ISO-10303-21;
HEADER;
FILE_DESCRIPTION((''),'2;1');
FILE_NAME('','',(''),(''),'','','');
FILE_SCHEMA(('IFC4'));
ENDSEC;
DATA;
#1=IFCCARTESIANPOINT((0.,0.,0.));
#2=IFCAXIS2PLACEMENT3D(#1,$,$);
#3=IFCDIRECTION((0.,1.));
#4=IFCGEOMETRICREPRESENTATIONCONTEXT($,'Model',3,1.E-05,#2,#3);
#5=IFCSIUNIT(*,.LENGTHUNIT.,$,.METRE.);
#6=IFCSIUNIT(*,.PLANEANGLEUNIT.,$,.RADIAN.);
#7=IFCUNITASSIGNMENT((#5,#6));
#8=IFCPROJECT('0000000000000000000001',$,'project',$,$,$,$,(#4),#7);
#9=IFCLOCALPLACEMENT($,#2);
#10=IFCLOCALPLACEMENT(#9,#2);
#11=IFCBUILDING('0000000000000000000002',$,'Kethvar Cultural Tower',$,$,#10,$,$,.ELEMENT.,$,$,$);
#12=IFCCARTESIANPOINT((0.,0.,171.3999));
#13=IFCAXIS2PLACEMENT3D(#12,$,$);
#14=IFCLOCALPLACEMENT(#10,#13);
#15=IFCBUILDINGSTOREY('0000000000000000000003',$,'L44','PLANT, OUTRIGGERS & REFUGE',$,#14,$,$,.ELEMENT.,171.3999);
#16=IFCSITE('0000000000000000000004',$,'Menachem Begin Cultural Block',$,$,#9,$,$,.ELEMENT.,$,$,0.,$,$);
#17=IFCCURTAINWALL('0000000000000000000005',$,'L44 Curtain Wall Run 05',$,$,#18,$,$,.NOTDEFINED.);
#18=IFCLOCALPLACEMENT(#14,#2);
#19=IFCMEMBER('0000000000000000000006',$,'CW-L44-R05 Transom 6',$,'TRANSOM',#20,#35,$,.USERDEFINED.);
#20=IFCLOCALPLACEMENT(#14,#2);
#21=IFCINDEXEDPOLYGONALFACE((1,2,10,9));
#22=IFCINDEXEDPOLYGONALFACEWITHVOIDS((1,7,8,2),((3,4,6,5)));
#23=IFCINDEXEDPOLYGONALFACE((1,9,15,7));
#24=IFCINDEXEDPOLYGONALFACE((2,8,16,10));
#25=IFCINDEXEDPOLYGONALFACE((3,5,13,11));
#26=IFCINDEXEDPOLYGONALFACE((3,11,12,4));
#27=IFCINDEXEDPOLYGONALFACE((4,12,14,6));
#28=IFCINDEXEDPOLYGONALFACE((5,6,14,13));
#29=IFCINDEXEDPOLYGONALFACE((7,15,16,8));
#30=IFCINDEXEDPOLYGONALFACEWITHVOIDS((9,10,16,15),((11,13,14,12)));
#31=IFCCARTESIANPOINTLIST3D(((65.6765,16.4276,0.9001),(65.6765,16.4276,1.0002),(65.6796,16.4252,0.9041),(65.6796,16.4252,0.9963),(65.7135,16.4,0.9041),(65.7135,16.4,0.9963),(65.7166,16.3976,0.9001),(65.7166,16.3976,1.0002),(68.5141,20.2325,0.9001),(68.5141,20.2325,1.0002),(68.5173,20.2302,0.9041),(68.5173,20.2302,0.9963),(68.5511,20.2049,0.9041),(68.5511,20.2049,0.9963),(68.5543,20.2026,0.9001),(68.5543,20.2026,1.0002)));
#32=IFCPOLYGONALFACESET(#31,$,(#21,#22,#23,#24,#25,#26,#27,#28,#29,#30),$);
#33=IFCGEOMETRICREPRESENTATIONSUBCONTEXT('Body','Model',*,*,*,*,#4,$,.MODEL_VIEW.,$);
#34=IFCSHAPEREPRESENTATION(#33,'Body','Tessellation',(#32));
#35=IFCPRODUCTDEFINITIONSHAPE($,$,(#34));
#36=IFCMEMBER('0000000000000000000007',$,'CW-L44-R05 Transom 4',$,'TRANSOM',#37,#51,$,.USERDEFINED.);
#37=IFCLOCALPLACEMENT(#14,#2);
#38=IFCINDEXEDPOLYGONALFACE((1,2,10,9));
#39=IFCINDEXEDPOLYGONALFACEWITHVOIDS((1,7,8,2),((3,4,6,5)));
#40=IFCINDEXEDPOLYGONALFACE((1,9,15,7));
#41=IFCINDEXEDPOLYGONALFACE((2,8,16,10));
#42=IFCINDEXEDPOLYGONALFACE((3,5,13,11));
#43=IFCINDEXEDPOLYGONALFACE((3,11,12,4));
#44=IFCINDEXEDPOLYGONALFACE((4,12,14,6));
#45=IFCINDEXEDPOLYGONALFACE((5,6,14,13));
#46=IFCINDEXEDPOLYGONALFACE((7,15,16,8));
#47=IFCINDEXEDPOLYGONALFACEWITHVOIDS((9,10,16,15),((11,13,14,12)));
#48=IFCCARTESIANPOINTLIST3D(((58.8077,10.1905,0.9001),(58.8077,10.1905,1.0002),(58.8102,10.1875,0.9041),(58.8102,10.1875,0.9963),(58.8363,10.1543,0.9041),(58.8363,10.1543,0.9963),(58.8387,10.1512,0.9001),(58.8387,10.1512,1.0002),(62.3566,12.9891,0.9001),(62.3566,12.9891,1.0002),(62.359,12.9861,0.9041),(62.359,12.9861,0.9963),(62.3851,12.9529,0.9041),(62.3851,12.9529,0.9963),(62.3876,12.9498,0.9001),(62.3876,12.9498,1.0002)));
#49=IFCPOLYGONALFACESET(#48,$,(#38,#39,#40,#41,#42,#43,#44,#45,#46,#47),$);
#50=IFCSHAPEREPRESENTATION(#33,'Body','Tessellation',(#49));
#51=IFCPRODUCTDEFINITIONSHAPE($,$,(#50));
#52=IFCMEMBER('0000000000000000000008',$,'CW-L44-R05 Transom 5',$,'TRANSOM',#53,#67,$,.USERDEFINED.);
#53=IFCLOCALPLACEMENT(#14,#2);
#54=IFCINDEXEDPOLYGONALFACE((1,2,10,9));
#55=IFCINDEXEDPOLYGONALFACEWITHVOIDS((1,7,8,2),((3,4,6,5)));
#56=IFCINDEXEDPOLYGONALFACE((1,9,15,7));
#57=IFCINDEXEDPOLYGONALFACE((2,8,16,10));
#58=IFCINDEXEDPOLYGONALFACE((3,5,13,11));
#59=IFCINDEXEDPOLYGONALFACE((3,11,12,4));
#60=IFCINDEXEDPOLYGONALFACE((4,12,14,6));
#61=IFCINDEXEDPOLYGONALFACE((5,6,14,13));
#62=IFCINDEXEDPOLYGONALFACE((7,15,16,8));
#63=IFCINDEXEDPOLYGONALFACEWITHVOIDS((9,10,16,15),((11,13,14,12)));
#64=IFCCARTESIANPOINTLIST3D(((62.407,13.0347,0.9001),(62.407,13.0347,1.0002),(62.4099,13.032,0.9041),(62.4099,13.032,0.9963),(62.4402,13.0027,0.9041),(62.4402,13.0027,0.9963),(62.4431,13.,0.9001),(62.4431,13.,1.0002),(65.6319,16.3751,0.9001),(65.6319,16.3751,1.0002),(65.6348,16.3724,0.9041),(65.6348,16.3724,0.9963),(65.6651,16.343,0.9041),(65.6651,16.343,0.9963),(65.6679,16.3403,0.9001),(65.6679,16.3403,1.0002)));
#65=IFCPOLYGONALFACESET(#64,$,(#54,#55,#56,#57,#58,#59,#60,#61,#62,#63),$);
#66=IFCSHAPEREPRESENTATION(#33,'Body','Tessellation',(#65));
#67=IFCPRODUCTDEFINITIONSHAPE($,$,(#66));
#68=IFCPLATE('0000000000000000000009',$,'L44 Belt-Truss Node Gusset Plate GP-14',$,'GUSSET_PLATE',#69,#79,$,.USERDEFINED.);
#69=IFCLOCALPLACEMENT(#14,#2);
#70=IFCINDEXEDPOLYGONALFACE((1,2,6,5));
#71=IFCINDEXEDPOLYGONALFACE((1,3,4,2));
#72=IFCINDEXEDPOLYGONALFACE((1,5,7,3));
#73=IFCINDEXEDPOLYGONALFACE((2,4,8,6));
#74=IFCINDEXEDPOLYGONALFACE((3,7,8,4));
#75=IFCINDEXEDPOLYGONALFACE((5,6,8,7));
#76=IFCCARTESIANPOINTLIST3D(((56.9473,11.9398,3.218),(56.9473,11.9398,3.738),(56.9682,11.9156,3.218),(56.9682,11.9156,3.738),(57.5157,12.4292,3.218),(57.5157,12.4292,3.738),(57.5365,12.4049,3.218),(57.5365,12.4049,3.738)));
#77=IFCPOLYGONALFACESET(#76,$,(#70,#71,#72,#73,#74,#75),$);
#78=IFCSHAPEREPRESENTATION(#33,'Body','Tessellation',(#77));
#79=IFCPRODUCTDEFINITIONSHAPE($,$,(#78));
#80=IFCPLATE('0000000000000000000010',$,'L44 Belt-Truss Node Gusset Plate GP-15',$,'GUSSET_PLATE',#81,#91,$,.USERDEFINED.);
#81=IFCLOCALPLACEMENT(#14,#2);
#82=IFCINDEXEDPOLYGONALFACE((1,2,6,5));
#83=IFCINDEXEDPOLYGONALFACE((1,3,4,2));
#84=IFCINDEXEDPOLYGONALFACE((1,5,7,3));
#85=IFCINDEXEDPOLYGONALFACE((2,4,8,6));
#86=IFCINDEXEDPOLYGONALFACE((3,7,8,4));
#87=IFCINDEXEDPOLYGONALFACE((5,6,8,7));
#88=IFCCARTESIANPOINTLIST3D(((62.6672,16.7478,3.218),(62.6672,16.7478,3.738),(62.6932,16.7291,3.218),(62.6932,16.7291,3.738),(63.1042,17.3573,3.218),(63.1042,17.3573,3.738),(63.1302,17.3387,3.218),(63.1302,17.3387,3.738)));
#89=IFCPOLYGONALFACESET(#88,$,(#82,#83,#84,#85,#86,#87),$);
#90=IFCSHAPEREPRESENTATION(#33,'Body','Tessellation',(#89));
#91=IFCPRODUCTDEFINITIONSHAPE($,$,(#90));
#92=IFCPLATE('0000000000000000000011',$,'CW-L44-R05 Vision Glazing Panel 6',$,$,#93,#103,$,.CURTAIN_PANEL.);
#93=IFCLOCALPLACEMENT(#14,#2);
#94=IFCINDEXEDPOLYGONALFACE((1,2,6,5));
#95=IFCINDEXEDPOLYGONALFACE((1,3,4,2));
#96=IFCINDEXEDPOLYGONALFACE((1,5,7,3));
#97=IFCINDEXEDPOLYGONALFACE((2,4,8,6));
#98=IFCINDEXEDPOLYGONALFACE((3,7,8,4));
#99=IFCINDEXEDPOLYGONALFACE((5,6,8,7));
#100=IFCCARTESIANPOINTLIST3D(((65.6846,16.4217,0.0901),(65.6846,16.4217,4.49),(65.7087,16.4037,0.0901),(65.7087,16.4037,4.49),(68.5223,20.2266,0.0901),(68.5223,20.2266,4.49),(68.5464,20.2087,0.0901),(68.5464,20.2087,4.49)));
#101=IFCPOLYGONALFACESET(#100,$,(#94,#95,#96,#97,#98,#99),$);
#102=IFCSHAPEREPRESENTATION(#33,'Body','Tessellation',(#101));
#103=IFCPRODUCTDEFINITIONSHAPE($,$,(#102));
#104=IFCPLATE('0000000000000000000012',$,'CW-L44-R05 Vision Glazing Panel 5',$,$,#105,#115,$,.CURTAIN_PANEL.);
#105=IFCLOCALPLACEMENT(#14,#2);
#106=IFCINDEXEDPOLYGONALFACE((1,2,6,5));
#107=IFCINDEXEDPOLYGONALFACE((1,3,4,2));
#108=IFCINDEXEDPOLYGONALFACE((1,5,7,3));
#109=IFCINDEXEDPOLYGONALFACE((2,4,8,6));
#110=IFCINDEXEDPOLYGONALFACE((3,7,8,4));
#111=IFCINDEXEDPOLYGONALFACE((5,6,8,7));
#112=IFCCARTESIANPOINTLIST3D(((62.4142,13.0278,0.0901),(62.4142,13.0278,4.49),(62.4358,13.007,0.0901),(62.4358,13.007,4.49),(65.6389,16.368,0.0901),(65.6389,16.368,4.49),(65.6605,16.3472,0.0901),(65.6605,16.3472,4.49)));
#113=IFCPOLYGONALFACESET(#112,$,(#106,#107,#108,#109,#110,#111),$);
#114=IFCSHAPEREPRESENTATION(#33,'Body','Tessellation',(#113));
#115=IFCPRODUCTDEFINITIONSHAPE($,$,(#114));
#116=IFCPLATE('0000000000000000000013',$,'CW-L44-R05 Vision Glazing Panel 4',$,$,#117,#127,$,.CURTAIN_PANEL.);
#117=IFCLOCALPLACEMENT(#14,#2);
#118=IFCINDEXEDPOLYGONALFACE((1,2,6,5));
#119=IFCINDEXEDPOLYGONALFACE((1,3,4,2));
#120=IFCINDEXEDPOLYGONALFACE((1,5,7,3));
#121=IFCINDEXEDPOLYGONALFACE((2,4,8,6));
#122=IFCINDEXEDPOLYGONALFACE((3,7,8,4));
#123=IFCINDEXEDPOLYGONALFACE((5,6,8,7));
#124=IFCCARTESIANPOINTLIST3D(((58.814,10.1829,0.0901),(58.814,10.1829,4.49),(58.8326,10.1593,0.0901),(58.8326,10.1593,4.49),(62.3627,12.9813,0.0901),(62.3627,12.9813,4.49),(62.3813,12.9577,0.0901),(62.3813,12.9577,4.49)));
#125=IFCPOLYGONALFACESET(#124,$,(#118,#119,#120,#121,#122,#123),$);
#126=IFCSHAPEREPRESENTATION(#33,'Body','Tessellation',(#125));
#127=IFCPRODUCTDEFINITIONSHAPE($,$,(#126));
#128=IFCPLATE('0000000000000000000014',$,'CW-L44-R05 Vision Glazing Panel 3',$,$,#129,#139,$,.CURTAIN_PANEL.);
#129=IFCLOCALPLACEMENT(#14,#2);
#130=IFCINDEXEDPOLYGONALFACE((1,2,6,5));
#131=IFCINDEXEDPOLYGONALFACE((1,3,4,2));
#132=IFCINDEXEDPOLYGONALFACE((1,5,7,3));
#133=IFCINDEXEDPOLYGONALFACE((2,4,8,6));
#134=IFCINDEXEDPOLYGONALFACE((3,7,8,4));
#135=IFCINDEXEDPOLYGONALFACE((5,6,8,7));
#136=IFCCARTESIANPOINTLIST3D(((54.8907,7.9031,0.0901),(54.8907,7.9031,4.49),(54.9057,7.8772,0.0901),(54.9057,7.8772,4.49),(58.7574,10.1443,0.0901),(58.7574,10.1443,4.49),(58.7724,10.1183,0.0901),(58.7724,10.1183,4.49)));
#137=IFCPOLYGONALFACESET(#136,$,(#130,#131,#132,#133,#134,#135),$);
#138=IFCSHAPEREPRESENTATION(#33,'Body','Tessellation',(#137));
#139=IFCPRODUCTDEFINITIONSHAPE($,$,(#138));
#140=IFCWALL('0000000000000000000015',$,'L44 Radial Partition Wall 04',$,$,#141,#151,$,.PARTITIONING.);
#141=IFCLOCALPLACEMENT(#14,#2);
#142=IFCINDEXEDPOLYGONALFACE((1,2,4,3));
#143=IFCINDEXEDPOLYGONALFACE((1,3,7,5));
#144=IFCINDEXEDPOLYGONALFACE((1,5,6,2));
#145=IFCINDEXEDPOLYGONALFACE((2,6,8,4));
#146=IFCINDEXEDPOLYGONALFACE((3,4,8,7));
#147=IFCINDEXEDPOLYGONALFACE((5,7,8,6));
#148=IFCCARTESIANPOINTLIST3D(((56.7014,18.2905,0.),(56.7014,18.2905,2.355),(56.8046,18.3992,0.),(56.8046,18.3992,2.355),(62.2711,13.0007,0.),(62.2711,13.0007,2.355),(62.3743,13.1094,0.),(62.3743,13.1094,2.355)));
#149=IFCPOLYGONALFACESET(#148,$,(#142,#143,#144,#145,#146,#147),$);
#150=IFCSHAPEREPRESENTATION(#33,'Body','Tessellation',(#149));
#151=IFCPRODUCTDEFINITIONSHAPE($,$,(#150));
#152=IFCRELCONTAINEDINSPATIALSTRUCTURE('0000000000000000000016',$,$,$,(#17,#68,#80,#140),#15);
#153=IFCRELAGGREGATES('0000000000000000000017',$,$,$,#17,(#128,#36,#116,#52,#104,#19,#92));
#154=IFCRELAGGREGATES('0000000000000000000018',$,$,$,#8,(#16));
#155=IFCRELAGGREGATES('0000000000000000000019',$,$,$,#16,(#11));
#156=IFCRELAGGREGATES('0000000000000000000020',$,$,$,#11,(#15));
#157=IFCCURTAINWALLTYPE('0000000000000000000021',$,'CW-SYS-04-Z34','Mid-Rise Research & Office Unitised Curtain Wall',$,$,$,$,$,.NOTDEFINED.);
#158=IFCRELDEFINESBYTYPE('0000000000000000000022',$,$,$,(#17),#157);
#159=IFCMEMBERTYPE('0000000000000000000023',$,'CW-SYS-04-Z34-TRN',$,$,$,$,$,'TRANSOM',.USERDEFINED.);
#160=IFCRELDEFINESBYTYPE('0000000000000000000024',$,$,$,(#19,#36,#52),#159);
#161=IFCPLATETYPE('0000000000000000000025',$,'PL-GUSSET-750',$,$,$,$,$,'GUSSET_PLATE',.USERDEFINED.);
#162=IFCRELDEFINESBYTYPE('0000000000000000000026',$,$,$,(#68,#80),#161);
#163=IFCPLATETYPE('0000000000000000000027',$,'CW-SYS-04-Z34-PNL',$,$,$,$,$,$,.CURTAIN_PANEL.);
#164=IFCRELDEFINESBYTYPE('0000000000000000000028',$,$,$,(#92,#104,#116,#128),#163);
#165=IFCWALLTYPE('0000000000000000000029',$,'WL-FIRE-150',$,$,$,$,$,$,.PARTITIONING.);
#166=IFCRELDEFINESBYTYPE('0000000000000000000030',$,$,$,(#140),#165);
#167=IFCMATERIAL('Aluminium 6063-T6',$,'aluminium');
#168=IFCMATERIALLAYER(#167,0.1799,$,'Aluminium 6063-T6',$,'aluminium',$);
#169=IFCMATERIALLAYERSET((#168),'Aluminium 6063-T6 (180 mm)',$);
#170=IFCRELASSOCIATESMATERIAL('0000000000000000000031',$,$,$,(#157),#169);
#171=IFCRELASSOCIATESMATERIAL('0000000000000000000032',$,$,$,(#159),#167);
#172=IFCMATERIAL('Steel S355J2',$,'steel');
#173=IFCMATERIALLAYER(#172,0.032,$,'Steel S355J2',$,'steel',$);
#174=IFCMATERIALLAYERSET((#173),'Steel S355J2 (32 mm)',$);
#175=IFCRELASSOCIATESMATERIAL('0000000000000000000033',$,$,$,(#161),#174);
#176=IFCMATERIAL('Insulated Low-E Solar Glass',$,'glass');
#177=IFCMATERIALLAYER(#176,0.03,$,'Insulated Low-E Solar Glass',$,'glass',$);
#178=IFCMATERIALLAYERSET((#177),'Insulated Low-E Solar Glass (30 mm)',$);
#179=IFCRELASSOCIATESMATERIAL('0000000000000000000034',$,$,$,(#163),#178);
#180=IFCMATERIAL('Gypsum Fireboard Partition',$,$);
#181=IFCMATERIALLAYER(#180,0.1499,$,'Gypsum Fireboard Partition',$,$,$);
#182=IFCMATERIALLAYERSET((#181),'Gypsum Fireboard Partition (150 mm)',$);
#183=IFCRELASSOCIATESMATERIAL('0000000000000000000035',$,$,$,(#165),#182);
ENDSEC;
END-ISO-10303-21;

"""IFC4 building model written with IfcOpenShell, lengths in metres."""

from ifc_helpers import new_model, si_unit, direction, frame, frame_2d, origin, origin_2d, place, context, subcontext, project, spatial, rectangle, hollow_rectangle, extrude, source, transform, mapped, material, layer, layer_set, material_profile, profile_set, type_object, element, aggregate, save


model = new_model("IFC4")

# Units and contexts
model_context = context("Model", 3, precision=1e-05, world=origin(), true_north=direction((0.0, 1.0)))
body_context = subcontext(model_context, "Body", "Model", "MODEL_VIEW")
ifc_project = project(units=[si_unit("LENGTHUNIT", "METRE"), si_unit("PLANEANGLEUNIT", "RADIAN")], contexts=[model_context])

# Site, building, storey
site_placement = place(None, origin())
site = spatial("IfcSite", under=ifc_project, at=site_placement, Name="Menachem Begin Cultural Block", CompositionType="ELEMENT", RefElevation=0.0)
building_placement = place(site_placement, origin())
building = spatial("IfcBuilding", under=site, at=building_placement, Name="Kethvar Cultural Tower", CompositionType="ELEMENT")
storey_placement = place(building_placement, frame((0.0, 0.0, 171.3999)))
storey = spatial("IfcBuildingStorey", under=building, at=storey_placement, Name="L44", Description="PLANT, OUTRIGGERS & REFUGE", CompositionType="ELEMENT", Elevation=171.3999)

# Curtain wall, members
ifc_material_1 = material(Name="Aluminium 6063-T6", Category="aluminium")
ifc_layer_1 = layer(ifc_material_1, 0.1799, Name="Aluminium 6063-T6", Category="aluminium")
ifc_layer_set_1 = layer_set([ifc_layer_1], Name="Aluminium 6063-T6 (180 mm)")
curtain_wall_type = type_object("IfcCurtainWallType", Name="CW-SYS-04-Z34", Description="Mid-Rise Research & Office Unitised Curtain Wall", PredefinedType="NOTDEFINED", material=ifc_layer_set_1)
curtain_wall_placement = place(storey_placement, origin())
curtain_wall = element("IfcCurtainWall", 1, at=curtain_wall_placement, inside=storey, type_object=curtain_wall_type, Name="L44 Curtain Wall Run 05", PredefinedType="NOTDEFINED")
ifc_material_profile_1 = material_profile(ifc_material_1, hollow_rectangle(XDim=0.05, YDim=0.1001, WallThickness=0.0039, at=origin_2d()), Name="Aluminium 6063-T6 — RHS100x50x4")
ifc_profile_set_1 = profile_set([ifc_material_profile_1], Name="Aluminium 6063-T6 — RHS100x50x4")
member_type_1 = type_object("IfcMemberType", Name="CW-SYS-04-Z34-TRN", ElementType="TRANSOM", PredefinedType="USERDEFINED", material=ifc_profile_set_1)
shared_shape_1 = source(origin(), body_context, "Body", "SweptSolid", [
    extrude(hollow_rectangle(XDim=0.05, YDim=0.1001, WallThickness=0.0039, at=origin_2d()), origin(), (0.0, 0.0, 1.0), 4.7466),
])
member_1_placement = place(storey_placement, frame((65.6965, 16.4126, 0.9502), z_axis=(0.597833, 0.80162, 0.0), x_axis=(-0.80162, 0.597833, 0.0)))
member_1 = element("IfcMember", 2, at=member_1_placement, type_object=member_type_1, Name="CW-L44-R05 Transom 6", ObjectType="TRANSOM", PredefinedType="USERDEFINED", context=body_context, shape_type="MappedRepresentation", body=[
    mapped(shared_shape_1, transform((0.0, 0.0, 0.0), scale=1.0)),
])
shared_shape_2 = source(origin(), body_context, "Body", "SweptSolid", [
    extrude(hollow_rectangle(XDim=0.05, YDim=0.1001, WallThickness=0.0039, at=origin_2d()), origin(), (0.0, 0.0, 1.0), 4.5195),
])
member_2_placement = place(storey_placement, frame((58.8232, 10.1709, 0.9502), z_axis=(0.785219, 0.619219, 0.0), x_axis=(-0.619219, 0.785219, 0.0)))
member_2 = element("IfcMember", 3, at=member_2_placement, type_object=member_type_1, Name="CW-L44-R05 Transom 4", ObjectType="TRANSOM", PredefinedType="USERDEFINED", context=body_context, shape_type="MappedRepresentation", body=[
    mapped(shared_shape_2, transform((0.0, 0.0, 0.0), scale=1.0)),
])
shared_shape_3 = source(origin(), body_context, "Body", "SweptSolid", [
    extrude(hollow_rectangle(XDim=0.05, YDim=0.1001, WallThickness=0.0039, at=origin_2d()), origin(), (0.0, 0.0, 1.0), 4.6431),
])
member_3_placement = place(storey_placement, frame((62.425, 13.0173, 0.9502), z_axis=(0.694562, 0.719433, 0.0), x_axis=(-0.719433, 0.694562, 0.0)))
member_3 = element("IfcMember", 4, at=member_3_placement, type_object=member_type_1, Name="CW-L44-R05 Transom 5", ObjectType="TRANSOM", PredefinedType="USERDEFINED", context=body_context, shape_type="MappedRepresentation", body=[
    mapped(shared_shape_3, transform((0.0, 0.0, 0.0), scale=1.0)),
])

# Plates
ifc_material_2 = material(Name="Steel S355J2", Category="steel")
ifc_layer_2 = layer(ifc_material_2, 0.032, Name="Steel S355J2", Category="steel")
ifc_layer_set_2 = layer_set([ifc_layer_2], Name="Steel S355J2 (32 mm)")
plate_type_1 = type_object("IfcPlateType", Name="PL-GUSSET-750", ElementType="GUSSET_PLATE", PredefinedType="USERDEFINED", material=ifc_layer_set_2)
shared_shape_4 = source(origin(), body_context, "Body", "SweptSolid", [
    extrude(rectangle(XDim=0.75, YDim=0.032, at=origin_2d()), origin(), (0.0, 0.0, 1.0), 0.52),
])
for number, where, z_axis, x_axis, name in (
    (5, (57.2419, 12.1724, 3.218), (0.0, 0.0, 1.0), (0.757779, 0.652511, 0.0), "L44 Belt-Truss Node Gusset Plate GP-14"),
    (6, (62.8987, 17.0432, 3.218), (0.0, 0.0, 1.0), (0.582658, 0.812717, 0.0), "L44 Belt-Truss Node Gusset Plate GP-15"),
):
    element("IfcPlate", number, at=place(storey_placement, frame(where, z_axis=z_axis, x_axis=x_axis)), inside=storey, type_object=plate_type_1, Name=name, ObjectType="GUSSET_PLATE", PredefinedType="USERDEFINED", context=body_context, shape_type="MappedRepresentation", body=[
        mapped(shared_shape_4, transform((0.0, 0.0, 0.0), scale=1.0)),
    ])

# Plates
ifc_material_3 = material(Name="Insulated Low-E Solar Glass", Category="glass")
ifc_layer_3 = layer(ifc_material_3, 0.03, Name="Insulated Low-E Solar Glass", Category="glass")
ifc_layer_set_3 = layer_set([ifc_layer_3], Name="Insulated Low-E Solar Glass (30 mm)")
plate_type_2 = type_object("IfcPlateType", Name="CW-SYS-04-Z34-PNL", PredefinedType="CURTAIN_PANEL", material=ifc_layer_set_3)
shared_shape_5 = source(origin(), body_context, "Body", "SweptSolid", [
    extrude(rectangle(XDim=4.7466, YDim=0.03, at=origin_2d()), origin(), (0.0, 0.0, 1.0), 4.3999),
])
plate_1_placement = place(storey_placement, frame((67.1155, 18.3152, 0.0901), z_axis=(0.0, 0.0, 1.0), x_axis=(0.597835, 0.801619, 0.0)))
plate_1 = element("IfcPlate", 7, at=plate_1_placement, type_object=plate_type_2, Name="CW-L44-R05 Vision Glazing Panel 6", PredefinedType="CURTAIN_PANEL", context=body_context, shape_type="MappedRepresentation", body=[
    mapped(shared_shape_5, transform((0.0, 0.0, 0.0), scale=1.0)),
])
shared_shape_6 = source(origin(), body_context, "Body", "SweptSolid", [
    extrude(rectangle(XDim=4.6428, YDim=0.03, at=origin_2d()), origin(), (0.0, 0.0, 1.0), 4.3999),
])
plate_2_placement = place(storey_placement, frame((64.0374, 14.6875, 0.0901), z_axis=(0.0, 0.0, 1.0), x_axis=(0.694558, 0.719437, 0.0)))
plate_2 = element("IfcPlate", 8, at=plate_2_placement, type_object=plate_type_2, Name="CW-L44-R05 Vision Glazing Panel 5", PredefinedType="CURTAIN_PANEL", context=body_context, shape_type="MappedRepresentation", body=[
    mapped(shared_shape_6, transform((0.0, 0.0, 0.0), scale=1.0)),
])
shared_shape_7 = source(origin(), body_context, "Body", "SweptSolid", [
    extrude(rectangle(XDim=4.5193, YDim=0.03, at=origin_2d()), origin(), (0.0, 0.0, 1.0), 4.3999),
])
plate_3_placement = place(storey_placement, frame((60.5977, 11.5703, 0.0901), z_axis=(0.0, 0.0, 1.0), x_axis=(0.78523, 0.619204, 0.0)))
plate_3 = element("IfcPlate", 9, at=plate_3_placement, type_object=plate_type_2, Name="CW-L44-R05 Vision Glazing Panel 4", PredefinedType="CURTAIN_PANEL", context=body_context, shape_type="MappedRepresentation", body=[
    mapped(shared_shape_7, transform((0.0, 0.0, 0.0), scale=1.0)),
])
shared_shape_8 = source(origin(), body_context, "Body", "SweptSolid", [
    extrude(rectangle(XDim=4.4692, YDim=0.03, at=origin_2d()), origin(), (0.0, 0.0, 1.0), 4.3999),
])
plate_4_placement = place(storey_placement, frame((56.8315, 9.0107, 0.0901), z_axis=(0.0, 0.0, 1.0), x_axis=(0.865178, 0.501465, 0.0)))
plate_4 = element("IfcPlate", 10, at=plate_4_placement, type_object=plate_type_2, Name="CW-L44-R05 Vision Glazing Panel 3", PredefinedType="CURTAIN_PANEL", context=body_context, shape_type="MappedRepresentation", body=[
    mapped(shared_shape_8, transform((0.0, 0.0, 0.0), scale=1.0)),
])
aggregate(curtain_wall, [plate_4, member_2, plate_3, member_3, plate_2, member_1, plate_1])

# Wall
ifc_material_4 = material(Name="Gypsum Fireboard Partition")
ifc_layer_4 = layer(ifc_material_4, 0.1499, Name="Gypsum Fireboard Partition")
ifc_layer_set_4 = layer_set([ifc_layer_4], Name="Gypsum Fireboard Partition (150 mm)")
wall_type = type_object("IfcWallType", Name="WL-FIRE-150", PredefinedType="PARTITIONING", material=ifc_layer_set_4)
wall_placement = place(storey_placement, frame((56.7529, 18.345, 0.0), z_axis=(0.0, 0.0, 1.0), x_axis=(0.725084, -0.68866, 0.0)))
element("IfcWall", 11, at=wall_placement, inside=storey, type_object=wall_type, Name="L44 Radial Partition Wall 04", PredefinedType="PARTITIONING", context=body_context, shape_type="SweptSolid", body=[
    extrude(rectangle(XDim=7.6814, YDim=0.1499, at=frame_2d((3.8408, 0.0))), origin(), (0.0, 0.0, 1.0), 2.355),
])

save(model, "model.ifc")
